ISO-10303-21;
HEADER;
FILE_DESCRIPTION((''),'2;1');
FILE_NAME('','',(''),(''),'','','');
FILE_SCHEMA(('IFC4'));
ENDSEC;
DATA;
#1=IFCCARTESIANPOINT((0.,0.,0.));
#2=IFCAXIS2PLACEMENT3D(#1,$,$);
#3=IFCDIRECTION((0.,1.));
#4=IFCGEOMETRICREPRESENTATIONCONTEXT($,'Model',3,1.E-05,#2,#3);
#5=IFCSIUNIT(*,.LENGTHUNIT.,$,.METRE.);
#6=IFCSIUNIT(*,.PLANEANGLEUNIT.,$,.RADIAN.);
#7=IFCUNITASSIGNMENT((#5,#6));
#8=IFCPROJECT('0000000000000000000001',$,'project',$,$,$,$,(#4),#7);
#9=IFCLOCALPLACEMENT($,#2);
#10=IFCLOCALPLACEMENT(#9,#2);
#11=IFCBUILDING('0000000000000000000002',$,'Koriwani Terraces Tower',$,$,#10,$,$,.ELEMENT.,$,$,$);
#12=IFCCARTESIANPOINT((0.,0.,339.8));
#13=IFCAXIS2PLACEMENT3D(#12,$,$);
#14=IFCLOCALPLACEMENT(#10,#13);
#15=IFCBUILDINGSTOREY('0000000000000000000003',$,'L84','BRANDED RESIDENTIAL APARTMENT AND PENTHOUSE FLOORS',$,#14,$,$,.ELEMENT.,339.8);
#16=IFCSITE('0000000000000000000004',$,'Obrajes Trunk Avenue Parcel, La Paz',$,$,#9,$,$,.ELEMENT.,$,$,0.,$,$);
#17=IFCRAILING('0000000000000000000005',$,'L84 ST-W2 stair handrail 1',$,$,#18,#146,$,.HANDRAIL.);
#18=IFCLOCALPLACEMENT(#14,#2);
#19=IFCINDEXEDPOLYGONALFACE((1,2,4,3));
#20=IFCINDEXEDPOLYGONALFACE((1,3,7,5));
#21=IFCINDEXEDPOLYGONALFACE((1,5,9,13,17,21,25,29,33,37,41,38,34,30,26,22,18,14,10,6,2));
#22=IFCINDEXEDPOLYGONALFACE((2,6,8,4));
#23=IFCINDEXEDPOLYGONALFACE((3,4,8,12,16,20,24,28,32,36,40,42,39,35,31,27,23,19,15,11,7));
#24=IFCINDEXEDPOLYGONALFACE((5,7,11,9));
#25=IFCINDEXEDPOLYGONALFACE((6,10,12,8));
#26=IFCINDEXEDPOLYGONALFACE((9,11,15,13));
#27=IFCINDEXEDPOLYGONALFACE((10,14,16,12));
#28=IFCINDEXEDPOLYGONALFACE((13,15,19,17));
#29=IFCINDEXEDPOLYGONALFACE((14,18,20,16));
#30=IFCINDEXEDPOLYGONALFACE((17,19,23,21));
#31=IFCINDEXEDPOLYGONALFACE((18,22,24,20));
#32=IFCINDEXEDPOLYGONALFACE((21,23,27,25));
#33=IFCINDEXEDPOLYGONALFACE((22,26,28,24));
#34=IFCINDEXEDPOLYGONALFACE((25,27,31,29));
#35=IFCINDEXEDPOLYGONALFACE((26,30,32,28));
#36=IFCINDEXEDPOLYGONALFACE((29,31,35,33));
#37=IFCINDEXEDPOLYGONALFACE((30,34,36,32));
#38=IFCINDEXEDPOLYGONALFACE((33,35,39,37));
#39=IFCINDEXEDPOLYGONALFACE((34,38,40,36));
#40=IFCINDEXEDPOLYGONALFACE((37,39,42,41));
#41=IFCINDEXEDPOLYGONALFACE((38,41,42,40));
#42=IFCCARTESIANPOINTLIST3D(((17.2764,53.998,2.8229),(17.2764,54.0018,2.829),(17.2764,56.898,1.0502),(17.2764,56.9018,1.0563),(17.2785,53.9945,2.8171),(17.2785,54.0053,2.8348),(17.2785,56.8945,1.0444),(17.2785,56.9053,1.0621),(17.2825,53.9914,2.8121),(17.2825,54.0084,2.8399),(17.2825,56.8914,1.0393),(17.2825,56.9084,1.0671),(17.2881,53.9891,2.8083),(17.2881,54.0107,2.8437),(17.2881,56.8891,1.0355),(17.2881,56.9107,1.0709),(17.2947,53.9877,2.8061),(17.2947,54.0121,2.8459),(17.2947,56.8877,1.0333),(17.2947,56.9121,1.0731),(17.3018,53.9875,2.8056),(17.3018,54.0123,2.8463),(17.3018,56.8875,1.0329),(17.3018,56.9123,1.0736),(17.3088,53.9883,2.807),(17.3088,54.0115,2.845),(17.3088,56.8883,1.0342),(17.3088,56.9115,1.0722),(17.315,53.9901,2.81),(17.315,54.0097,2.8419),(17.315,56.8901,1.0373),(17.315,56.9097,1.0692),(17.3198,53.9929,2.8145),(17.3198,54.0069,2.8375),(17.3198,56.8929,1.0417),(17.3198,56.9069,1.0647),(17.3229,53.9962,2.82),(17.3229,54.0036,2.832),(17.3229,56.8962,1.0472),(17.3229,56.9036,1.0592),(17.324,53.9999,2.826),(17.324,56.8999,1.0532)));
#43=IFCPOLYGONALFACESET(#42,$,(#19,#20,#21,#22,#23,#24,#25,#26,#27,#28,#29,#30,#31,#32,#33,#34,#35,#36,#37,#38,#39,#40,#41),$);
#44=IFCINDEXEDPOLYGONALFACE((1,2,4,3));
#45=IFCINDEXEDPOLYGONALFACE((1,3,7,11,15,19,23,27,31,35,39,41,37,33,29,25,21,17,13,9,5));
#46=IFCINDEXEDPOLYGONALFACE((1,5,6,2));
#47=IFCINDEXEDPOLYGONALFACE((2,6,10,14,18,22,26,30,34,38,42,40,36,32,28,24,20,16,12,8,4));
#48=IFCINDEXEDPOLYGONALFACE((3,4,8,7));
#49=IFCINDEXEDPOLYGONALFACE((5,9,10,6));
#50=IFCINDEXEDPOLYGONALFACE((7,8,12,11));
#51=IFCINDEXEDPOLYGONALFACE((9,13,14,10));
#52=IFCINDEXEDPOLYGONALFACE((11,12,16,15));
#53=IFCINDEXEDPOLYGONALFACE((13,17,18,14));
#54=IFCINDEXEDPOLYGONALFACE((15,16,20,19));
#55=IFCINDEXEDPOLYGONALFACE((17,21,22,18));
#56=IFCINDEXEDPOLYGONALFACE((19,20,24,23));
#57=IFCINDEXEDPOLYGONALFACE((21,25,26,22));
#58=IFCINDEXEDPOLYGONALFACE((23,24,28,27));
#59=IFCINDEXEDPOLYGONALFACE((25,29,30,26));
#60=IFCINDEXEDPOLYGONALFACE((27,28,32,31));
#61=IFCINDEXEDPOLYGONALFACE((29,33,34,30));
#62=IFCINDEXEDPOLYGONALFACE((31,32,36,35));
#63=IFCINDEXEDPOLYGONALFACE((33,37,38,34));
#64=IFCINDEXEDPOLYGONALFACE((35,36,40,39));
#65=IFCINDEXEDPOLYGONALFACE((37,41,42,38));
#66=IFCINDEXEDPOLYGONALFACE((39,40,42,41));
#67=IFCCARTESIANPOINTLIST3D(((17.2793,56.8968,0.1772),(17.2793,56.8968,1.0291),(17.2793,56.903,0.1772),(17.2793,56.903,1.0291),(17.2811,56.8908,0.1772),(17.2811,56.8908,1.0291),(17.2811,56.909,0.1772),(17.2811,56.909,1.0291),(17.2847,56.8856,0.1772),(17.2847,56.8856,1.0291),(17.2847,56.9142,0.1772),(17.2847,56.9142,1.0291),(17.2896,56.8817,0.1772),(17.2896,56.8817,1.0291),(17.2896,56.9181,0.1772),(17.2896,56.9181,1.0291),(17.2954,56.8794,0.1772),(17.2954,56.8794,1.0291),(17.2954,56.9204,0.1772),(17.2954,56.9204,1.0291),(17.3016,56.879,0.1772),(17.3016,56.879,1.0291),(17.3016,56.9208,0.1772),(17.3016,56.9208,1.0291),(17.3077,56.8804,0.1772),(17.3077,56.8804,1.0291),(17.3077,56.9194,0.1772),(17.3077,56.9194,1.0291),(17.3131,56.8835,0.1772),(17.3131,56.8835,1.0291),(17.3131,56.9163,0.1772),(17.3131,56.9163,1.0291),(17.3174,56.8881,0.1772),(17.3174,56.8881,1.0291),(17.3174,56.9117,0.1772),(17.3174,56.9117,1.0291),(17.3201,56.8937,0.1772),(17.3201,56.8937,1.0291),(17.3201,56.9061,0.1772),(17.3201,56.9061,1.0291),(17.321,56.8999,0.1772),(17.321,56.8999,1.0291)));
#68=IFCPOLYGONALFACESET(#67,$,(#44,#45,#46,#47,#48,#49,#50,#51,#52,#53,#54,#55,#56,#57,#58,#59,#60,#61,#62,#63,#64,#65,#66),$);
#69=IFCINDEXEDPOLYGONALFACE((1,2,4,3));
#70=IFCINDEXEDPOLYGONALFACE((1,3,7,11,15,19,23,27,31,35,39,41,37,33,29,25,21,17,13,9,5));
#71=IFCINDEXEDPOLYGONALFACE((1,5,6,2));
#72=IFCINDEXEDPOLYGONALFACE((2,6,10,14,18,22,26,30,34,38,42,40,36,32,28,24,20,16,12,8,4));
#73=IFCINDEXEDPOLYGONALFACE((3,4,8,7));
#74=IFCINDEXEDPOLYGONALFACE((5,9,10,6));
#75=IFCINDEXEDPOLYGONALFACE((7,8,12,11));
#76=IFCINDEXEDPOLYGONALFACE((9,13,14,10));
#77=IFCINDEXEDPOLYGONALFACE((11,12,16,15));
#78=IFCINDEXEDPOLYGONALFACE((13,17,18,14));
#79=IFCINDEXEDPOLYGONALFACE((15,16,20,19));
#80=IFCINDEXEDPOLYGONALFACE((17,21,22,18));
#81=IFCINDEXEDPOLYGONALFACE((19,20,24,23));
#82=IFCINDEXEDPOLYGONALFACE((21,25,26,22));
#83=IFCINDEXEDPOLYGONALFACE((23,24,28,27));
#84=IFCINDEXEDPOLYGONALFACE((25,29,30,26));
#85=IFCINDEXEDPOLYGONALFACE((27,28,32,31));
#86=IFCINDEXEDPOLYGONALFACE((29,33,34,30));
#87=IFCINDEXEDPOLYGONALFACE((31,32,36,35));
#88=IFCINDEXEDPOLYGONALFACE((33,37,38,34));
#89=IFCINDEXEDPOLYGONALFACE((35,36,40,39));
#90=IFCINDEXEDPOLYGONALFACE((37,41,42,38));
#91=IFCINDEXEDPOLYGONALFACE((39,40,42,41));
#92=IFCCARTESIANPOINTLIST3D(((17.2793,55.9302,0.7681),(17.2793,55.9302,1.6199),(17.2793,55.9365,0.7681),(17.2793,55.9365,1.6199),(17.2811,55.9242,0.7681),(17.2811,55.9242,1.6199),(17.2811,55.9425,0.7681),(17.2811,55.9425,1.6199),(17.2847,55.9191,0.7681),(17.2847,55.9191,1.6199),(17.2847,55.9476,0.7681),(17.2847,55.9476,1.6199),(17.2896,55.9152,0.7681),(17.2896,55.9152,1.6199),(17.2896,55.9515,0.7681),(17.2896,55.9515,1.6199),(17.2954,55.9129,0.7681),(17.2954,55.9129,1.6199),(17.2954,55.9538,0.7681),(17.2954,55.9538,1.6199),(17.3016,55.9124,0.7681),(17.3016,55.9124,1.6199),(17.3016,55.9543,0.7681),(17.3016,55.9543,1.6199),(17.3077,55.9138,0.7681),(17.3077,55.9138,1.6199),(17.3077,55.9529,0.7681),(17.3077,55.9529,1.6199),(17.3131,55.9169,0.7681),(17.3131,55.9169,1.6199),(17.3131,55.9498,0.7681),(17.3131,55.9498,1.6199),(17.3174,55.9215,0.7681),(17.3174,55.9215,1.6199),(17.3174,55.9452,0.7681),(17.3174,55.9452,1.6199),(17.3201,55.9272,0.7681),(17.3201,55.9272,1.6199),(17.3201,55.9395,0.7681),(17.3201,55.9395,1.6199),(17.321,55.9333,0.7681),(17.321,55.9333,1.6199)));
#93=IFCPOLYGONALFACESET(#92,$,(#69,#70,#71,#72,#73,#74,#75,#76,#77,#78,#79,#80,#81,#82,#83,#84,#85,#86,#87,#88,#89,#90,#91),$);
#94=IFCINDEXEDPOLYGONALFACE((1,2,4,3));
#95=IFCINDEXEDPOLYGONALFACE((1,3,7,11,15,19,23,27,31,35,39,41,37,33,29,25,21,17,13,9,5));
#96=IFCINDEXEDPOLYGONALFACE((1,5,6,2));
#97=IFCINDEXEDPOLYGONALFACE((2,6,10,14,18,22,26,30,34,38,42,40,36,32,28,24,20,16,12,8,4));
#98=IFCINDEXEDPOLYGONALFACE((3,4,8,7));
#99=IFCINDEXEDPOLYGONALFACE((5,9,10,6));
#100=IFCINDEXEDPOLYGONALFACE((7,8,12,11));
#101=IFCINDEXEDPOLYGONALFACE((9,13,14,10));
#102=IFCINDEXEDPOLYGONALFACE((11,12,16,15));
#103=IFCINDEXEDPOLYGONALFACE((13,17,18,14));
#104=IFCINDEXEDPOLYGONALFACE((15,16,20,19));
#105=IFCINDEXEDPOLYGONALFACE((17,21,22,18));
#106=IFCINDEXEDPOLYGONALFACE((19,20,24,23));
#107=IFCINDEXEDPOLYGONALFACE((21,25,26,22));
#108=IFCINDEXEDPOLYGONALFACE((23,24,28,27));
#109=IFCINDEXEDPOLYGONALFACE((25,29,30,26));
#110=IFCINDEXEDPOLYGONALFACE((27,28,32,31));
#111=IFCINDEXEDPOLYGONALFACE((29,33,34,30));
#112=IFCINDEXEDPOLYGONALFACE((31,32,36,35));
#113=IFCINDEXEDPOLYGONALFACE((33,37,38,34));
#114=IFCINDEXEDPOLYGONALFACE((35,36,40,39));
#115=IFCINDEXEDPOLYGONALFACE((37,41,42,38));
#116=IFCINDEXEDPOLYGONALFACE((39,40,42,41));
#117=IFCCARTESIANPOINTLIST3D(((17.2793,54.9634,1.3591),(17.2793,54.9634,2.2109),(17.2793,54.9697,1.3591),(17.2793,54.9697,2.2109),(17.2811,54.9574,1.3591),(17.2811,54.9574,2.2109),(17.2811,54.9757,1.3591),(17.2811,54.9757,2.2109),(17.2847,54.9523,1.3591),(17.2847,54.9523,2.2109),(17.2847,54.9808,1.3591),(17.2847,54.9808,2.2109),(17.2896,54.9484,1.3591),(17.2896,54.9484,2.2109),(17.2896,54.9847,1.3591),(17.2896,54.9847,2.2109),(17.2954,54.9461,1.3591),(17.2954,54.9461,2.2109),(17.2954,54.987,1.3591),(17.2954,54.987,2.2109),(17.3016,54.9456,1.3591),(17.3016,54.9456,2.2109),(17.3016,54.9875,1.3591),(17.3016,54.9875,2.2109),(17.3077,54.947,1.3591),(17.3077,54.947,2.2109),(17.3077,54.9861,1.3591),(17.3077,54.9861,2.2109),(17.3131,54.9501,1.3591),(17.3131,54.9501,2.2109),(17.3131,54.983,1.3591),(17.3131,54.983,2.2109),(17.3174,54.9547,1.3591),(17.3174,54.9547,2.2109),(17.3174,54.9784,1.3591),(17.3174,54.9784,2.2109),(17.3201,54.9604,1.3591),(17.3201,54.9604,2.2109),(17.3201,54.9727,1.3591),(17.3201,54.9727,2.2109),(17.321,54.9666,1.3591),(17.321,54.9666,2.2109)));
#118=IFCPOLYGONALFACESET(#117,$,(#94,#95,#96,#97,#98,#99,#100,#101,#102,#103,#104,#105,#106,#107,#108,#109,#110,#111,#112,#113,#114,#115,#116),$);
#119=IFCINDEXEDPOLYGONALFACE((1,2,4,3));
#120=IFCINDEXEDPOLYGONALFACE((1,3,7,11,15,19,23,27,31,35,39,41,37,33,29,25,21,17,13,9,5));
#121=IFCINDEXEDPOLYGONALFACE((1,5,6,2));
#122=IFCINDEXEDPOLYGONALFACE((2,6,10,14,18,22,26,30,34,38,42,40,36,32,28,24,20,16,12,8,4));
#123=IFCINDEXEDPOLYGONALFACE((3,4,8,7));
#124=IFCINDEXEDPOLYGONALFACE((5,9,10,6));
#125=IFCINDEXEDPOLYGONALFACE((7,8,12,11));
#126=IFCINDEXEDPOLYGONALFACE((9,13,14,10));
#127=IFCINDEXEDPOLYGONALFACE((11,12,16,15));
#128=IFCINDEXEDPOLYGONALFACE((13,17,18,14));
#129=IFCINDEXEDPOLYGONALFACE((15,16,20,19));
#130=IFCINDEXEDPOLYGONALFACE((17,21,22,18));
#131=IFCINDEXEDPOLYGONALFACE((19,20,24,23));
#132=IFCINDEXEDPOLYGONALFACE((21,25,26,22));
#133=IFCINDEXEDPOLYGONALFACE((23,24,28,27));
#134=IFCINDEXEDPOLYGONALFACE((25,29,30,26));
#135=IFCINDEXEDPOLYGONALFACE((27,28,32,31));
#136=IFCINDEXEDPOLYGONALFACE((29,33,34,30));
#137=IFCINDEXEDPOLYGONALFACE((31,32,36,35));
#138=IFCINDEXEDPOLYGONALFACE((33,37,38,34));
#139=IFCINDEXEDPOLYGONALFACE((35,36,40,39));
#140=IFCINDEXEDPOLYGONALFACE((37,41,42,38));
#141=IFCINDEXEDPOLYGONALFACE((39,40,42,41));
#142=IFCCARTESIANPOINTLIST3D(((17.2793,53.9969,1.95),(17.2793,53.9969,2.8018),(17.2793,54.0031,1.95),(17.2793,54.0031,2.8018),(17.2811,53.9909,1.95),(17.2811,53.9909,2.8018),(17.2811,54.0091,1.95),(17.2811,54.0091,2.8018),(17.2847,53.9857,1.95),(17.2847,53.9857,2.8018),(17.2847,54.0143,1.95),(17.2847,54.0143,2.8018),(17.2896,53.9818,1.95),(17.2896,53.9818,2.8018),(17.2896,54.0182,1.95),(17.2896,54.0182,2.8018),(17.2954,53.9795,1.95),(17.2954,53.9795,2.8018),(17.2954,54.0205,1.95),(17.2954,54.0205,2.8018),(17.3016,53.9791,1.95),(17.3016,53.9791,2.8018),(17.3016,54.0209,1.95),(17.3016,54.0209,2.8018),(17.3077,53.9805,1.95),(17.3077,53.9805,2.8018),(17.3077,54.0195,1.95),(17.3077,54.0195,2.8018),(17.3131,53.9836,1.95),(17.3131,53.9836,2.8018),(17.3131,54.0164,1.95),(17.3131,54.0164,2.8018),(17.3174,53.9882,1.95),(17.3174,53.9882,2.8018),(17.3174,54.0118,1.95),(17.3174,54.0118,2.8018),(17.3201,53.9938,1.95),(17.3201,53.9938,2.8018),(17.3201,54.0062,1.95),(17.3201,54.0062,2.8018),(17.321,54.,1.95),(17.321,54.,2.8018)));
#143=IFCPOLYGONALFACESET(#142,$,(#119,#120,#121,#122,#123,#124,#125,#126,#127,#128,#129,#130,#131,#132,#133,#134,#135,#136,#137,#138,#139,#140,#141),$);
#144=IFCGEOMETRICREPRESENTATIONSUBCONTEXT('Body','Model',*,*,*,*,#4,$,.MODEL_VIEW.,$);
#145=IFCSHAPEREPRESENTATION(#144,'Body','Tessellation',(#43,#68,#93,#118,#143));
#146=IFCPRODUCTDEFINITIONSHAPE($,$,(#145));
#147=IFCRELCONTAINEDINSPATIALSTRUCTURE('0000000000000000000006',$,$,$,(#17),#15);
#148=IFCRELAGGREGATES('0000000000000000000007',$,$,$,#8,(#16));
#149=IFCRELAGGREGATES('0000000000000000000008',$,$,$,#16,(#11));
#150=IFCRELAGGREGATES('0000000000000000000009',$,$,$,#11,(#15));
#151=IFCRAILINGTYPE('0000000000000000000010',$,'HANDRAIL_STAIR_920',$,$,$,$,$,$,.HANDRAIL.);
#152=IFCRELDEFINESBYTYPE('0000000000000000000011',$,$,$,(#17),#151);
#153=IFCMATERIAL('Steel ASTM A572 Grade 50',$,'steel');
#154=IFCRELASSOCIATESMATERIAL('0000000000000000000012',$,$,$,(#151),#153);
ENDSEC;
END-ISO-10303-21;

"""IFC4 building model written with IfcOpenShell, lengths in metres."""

from ifc_helpers import new_model, si_unit, direction, frame, origin, origin_2d, place, context, subcontext, project, spatial, circle, extrude, material, type_object, element, save


model = new_model("IFC4")

# Units and contexts
model_context = context("Model", 3, precision=1e-05, world=origin(), true_north=direction((0.0, 1.0)))
body_context = subcontext(model_context, "Body", "Model", "MODEL_VIEW")
ifc_project = project(units=[si_unit("LENGTHUNIT", "METRE"), si_unit("PLANEANGLEUNIT", "RADIAN")], contexts=[model_context])

# Site, building, storey
site_placement = place(None, origin())
site = spatial("IfcSite", under=ifc_project, at=site_placement, Name="Obrajes Trunk Avenue Parcel, La Paz", CompositionType="ELEMENT", RefElevation=0.0)
building_placement = place(site_placement, origin())
building = spatial("IfcBuilding", under=site, at=building_placement, Name="Koriwani Terraces Tower", CompositionType="ELEMENT")
storey_placement = place(building_placement, frame((0.0, 0.0, 339.8)))
storey = spatial("IfcBuildingStorey", under=building, at=storey_placement, Name="L84", Description="BRANDED RESIDENTIAL APARTMENT AND PENTHOUSE FLOORS", CompositionType="ELEMENT", Elevation=339.8)

# Shared definitions
ifc_material_1 = material(Name="Steel ASTM A572 Grade 50", Category="steel")

# Railing
railing_type_1 = type_object("IfcRailingType", Name="HANDRAIL_STAIR_920", PredefinedType="HANDRAIL", material=ifc_material_1)
railing_1_placement = place(storey_placement, frame((17.3, 56.8999, 0.1772)))
element("IfcRailing", 1, at=railing_1_placement, inside=storey, type_object=railing_type_1, Name="L84 ST-W2 stair handrail 1", PredefinedType="HANDRAIL", context=body_context, shape_type="SweptSolid", body=[
    extrude(circle(Radius=0.0239, at=origin_2d()), frame((0.0, 0.0, 0.876), z_axis=(0.0, -0.853211, 0.521566), x_axis=(1.0, 0.0, 0.0)), (0.0, 0.0, 1.0), 3.3989),
    extrude(circle(Radius=0.021, at=origin_2d()), origin(), (0.0, 0.0, 1.0), 0.8518),
    extrude(circle(Radius=0.021, at=origin_2d()), frame((0.0, -0.9666, 0.5908)), (0.0, 0.0, 1.0), 0.8518),
    extrude(circle(Radius=0.021, at=origin_2d()), frame((0.0, -1.9333, 1.1819)), (0.0, 0.0, 1.0), 0.8518),
    extrude(circle(Radius=0.021, at=origin_2d()), frame((0.0, -2.8999, 1.7727)), (0.0, 0.0, 1.0), 0.8518),
])

save(model, "model.ifc")
